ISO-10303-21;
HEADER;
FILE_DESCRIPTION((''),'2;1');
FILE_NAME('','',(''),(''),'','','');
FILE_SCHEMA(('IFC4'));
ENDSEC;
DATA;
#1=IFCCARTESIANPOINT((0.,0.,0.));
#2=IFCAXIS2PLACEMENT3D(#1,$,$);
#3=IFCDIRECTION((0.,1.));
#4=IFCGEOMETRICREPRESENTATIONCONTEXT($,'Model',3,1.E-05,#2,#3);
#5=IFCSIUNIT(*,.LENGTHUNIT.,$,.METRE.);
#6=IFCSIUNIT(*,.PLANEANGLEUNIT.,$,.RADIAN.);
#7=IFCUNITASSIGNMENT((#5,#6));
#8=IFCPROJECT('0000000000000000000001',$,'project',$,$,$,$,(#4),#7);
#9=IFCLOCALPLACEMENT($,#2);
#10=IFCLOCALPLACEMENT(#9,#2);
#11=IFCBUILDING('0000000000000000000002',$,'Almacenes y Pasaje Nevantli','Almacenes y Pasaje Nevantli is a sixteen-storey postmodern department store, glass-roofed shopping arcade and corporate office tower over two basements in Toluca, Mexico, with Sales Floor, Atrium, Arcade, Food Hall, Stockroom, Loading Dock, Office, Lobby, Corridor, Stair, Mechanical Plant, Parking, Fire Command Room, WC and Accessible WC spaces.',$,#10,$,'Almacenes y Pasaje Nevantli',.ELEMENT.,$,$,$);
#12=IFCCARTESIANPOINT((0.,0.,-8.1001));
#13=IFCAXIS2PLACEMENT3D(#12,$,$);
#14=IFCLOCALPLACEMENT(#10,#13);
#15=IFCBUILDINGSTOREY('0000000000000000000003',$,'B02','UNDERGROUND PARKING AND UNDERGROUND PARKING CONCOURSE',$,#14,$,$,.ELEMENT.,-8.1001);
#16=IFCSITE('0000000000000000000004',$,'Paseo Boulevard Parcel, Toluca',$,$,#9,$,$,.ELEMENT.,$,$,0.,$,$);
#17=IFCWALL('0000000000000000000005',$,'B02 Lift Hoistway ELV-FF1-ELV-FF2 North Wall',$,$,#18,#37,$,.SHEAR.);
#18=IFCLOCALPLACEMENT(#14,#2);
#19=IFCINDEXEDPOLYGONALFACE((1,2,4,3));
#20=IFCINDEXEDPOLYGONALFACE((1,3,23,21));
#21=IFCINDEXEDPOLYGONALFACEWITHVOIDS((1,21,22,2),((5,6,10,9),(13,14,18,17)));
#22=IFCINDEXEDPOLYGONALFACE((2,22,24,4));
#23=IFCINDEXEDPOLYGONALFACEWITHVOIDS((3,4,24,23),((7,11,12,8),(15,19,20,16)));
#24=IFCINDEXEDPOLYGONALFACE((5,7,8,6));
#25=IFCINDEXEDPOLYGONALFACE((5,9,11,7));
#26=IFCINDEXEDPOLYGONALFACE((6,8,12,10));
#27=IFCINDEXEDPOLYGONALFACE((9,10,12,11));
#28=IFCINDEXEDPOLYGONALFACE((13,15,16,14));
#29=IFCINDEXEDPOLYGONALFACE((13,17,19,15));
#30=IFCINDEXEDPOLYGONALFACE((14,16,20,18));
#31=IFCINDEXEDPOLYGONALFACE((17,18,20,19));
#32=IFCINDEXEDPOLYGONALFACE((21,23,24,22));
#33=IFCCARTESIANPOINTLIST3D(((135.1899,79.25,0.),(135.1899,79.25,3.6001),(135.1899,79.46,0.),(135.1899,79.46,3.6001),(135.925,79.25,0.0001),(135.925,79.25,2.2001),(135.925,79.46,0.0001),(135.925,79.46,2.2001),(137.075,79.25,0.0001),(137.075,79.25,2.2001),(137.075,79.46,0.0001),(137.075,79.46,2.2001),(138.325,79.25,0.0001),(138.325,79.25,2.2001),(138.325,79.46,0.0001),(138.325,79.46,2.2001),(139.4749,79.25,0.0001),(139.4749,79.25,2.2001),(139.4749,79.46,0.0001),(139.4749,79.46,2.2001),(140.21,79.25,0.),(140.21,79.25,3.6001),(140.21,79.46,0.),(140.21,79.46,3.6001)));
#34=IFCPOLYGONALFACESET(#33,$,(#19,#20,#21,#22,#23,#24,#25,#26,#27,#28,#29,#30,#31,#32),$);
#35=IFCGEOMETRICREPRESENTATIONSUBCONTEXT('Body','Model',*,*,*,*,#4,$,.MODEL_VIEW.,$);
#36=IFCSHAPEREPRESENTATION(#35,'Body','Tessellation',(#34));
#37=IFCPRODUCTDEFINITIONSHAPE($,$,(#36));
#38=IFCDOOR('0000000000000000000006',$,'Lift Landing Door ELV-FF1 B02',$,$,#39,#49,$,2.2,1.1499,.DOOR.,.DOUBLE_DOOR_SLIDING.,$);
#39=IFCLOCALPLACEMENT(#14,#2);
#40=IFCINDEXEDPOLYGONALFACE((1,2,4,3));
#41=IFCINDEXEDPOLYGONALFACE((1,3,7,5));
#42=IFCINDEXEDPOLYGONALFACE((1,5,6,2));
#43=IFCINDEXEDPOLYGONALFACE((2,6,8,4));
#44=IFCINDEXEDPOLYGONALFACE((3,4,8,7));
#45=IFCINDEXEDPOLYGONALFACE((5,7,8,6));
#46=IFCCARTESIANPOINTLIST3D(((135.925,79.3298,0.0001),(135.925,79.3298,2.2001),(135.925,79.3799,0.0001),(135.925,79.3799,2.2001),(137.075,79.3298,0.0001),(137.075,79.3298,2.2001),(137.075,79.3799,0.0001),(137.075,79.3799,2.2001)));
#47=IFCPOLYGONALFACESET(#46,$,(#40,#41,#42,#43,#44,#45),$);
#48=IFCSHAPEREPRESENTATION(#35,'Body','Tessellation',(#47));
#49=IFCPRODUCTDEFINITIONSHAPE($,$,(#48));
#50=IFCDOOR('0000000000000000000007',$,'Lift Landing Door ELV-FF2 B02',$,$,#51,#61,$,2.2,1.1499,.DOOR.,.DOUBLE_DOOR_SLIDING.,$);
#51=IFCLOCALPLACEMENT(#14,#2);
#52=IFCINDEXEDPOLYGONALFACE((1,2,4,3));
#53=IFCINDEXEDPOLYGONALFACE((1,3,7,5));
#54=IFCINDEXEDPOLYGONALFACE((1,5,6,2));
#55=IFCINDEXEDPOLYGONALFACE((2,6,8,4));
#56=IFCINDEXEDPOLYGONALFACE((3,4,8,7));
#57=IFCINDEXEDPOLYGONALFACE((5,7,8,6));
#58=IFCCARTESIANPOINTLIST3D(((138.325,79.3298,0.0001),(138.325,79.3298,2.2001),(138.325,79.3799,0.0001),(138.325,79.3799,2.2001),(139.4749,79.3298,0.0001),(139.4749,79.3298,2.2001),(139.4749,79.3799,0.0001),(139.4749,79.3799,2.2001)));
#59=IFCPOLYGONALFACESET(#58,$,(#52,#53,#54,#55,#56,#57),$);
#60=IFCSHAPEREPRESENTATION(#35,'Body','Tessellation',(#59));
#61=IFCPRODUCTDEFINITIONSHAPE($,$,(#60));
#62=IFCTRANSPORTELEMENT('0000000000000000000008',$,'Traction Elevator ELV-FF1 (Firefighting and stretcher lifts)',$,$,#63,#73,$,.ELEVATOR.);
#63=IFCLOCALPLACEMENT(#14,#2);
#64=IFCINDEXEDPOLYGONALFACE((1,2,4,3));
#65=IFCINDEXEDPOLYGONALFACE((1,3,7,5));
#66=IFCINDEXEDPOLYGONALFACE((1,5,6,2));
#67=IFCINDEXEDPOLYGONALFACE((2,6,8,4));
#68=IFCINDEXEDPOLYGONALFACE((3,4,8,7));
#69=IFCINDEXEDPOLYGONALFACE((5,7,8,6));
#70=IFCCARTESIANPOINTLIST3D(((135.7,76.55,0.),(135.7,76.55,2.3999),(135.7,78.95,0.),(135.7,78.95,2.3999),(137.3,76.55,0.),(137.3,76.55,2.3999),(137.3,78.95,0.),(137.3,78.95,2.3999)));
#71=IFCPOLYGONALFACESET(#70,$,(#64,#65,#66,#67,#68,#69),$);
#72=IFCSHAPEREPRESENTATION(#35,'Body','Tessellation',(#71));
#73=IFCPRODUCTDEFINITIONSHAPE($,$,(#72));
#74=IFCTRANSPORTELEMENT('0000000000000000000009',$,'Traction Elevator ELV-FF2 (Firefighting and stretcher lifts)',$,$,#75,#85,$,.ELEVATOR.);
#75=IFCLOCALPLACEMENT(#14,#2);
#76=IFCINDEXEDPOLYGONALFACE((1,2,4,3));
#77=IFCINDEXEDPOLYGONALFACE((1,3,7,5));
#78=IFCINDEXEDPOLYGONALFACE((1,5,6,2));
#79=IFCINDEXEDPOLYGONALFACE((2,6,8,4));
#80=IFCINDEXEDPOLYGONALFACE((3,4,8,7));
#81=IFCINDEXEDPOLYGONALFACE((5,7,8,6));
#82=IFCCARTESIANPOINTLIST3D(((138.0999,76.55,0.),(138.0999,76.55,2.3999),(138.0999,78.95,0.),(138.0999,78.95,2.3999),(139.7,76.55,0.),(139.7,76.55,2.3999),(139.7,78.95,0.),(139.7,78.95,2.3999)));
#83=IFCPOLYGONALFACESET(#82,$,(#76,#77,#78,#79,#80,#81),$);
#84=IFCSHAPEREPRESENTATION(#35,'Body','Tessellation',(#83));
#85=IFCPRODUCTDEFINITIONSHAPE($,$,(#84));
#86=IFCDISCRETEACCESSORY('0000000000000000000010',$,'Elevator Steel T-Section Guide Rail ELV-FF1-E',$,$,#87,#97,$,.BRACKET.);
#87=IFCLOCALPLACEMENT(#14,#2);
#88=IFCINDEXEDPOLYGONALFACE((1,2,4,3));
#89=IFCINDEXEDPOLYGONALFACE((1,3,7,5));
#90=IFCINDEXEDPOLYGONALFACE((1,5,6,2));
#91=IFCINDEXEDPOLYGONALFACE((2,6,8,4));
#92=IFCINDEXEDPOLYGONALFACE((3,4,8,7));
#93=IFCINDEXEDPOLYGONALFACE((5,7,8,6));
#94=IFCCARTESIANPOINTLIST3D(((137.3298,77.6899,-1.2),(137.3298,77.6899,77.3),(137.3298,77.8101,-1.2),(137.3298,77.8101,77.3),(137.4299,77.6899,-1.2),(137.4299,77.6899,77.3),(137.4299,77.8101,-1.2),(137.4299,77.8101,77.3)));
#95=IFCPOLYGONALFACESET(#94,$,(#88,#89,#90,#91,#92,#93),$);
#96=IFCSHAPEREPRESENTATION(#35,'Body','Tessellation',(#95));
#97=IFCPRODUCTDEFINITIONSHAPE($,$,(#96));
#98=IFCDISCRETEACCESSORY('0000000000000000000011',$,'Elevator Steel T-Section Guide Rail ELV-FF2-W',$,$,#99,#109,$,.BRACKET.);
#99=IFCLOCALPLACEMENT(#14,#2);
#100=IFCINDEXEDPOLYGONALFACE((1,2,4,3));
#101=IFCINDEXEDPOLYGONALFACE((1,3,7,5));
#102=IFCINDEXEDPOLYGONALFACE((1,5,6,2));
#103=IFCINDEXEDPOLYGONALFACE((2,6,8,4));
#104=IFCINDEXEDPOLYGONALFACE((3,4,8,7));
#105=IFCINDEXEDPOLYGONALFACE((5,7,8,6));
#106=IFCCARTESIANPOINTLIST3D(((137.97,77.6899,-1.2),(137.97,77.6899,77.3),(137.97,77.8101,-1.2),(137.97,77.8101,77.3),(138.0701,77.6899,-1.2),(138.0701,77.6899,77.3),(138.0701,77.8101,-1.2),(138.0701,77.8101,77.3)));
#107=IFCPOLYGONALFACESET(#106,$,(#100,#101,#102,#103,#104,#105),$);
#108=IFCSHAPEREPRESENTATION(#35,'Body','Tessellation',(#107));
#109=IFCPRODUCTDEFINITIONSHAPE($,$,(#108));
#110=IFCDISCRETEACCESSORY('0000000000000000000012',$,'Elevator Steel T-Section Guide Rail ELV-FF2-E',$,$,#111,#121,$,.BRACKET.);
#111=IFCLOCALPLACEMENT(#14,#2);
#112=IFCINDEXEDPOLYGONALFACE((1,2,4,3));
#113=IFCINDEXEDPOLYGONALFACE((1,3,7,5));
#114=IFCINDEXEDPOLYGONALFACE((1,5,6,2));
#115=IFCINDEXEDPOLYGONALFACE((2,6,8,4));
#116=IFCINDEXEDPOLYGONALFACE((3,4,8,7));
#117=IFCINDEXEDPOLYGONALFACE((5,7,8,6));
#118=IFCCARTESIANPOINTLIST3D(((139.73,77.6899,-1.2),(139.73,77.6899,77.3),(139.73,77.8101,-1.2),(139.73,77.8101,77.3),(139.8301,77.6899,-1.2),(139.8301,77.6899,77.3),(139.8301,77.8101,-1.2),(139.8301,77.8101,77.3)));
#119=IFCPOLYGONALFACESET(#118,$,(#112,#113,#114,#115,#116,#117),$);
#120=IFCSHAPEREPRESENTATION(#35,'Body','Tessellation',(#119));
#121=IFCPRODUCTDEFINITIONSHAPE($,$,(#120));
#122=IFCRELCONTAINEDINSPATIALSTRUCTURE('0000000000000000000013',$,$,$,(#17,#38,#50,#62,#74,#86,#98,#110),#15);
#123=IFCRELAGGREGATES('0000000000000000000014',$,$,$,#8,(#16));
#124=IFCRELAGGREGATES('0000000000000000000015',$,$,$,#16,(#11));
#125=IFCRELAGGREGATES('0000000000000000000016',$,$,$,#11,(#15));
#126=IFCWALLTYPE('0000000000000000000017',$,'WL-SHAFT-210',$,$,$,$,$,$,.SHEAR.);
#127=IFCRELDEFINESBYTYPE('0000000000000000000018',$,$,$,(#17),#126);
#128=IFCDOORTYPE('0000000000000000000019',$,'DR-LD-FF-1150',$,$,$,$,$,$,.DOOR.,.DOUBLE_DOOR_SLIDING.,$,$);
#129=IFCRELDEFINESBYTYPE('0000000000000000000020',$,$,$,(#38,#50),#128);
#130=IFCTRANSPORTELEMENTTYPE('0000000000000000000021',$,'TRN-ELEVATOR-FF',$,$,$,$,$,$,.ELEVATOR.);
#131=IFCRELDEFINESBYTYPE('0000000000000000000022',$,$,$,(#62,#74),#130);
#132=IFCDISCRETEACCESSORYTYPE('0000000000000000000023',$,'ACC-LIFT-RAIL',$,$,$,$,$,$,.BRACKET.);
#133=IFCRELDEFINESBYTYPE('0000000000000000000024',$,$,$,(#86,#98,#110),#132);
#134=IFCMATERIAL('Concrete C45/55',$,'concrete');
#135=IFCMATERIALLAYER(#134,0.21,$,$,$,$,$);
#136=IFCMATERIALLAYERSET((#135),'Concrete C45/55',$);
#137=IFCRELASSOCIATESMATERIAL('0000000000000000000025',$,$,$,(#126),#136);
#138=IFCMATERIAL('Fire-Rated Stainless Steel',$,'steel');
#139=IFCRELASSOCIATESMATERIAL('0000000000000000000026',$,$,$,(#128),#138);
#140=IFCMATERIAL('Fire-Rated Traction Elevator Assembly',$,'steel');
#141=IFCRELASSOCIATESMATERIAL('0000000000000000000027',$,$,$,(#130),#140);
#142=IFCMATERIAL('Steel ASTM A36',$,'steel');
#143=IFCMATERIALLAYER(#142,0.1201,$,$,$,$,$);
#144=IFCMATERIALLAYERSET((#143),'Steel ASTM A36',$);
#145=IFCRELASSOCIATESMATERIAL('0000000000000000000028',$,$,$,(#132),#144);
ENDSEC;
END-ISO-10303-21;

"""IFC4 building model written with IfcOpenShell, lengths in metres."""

from ifc_helpers import new_model, si_unit, direction, frame, frame_2d, origin, origin_2d, place, context, subcontext, project, spatial, rectangle, extrude, material, layer, layer_set, type_object, element, fill, save


model = new_model("IFC4")

# Units and contexts
model_context = context("Model", 3, precision=1e-05, world=origin(), true_north=direction((0.0, 1.0)))
body_context = subcontext(model_context, "Body", "Model", "MODEL_VIEW")
ifc_project = project(units=[si_unit("LENGTHUNIT", "METRE"), si_unit("PLANEANGLEUNIT", "RADIAN")], contexts=[model_context])

# Site, building, storey
site_placement = place(None, origin())
site = spatial("IfcSite", under=ifc_project, at=site_placement, Name="Paseo Boulevard Parcel, Toluca", CompositionType="ELEMENT", RefElevation=0.0)
building_placement = place(site_placement, origin())
building = spatial("IfcBuilding", under=site, at=building_placement, Name="Almacenes y Pasaje Nevantli", Description="Almacenes y Pasaje Nevantli is a sixteen-storey postmodern department store, glass-roofed shopping arcade and corporate office tower over two basements in Toluca, Mexico, with Sales Floor, Atrium, Arcade, Food Hall, Stockroom, Loading Dock, Office, Lobby, Corridor, Stair, Mechanical Plant, Parking, Fire Command Room, WC and Accessible WC spaces.", LongName="Almacenes y Pasaje Nevantli", CompositionType="ELEMENT")
storey_placement = place(building_placement, frame((0.0, 0.0, -8.1001)))
storey = spatial("IfcBuildingStorey", under=building, at=storey_placement, Name="B02", Description="UNDERGROUND PARKING AND UNDERGROUND PARKING CONCOURSE", CompositionType="ELEMENT", Elevation=-8.1001)

# Wall, openings, doors
ifc_material_1 = material(Name="Concrete C45/55", Category="concrete")
ifc_layer_1 = layer(ifc_material_1, 0.21)
ifc_layer_set_1 = layer_set([ifc_layer_1], Name="Concrete C45/55")
wall_type_1 = type_object("IfcWallType", Name="WL-SHAFT-210", PredefinedType="SHEAR", material=ifc_layer_set_1)
wall_1_placement = place(storey_placement, frame((135.1899, 79.355, 0.0), z_axis=(0.0, 0.0, 1.0), x_axis=(1.0, 0.0, 0.0)))
wall_1 = element("IfcWall", 1, at=wall_1_placement, inside=storey, type_object=wall_type_1, Name="B02 Lift Hoistway ELV-FF1-ELV-FF2 North Wall", PredefinedType="SHEAR", context=body_context, shape_type="SweptSolid", body=[
    extrude(rectangle(XDim=5.02, YDim=0.21, at=frame_2d((2.51, 0.0))), origin(), (0.0, 0.0, 1.0), 3.6001),
])
opening_1_placement = place(wall_1_placement, frame((0.7351, 0.0, 0.0)))
opening_1 = element("IfcOpeningElement", 2, at=opening_1_placement, cuts=wall_1, PredefinedType="OPENING", context=body_context, shape_type="SweptSolid", body=[
    extrude(rectangle(XDim=1.1499, YDim=2.2, at=frame_2d((0.575, 1.1001))), frame((0.0, 0.115, 0.0), z_axis=(0.0, -1.0, 0.0), x_axis=(1.0, 0.0, 0.0)), (0.0, 0.0, 1.0), 0.23),
])
opening_2_placement = place(wall_1_placement, frame((3.135, 0.0, 0.0)))
opening_2 = element("IfcOpeningElement", 3, at=opening_2_placement, cuts=wall_1, PredefinedType="OPENING", context=body_context, shape_type="SweptSolid", body=[
    extrude(rectangle(XDim=1.1499, YDim=2.2, at=frame_2d((0.575, 1.1001))), frame((0.0, 0.115, 0.0), z_axis=(0.0, -1.0, 0.0), x_axis=(1.0, 0.0, 0.0)), (0.0, 0.0, 1.0), 0.23),
])
ifc_material_2 = material(Name="Fire-Rated Stainless Steel", Category="steel")
door_type_1 = type_object("IfcDoorType", Name="DR-LD-FF-1150", OperationType="DOUBLE_DOOR_SLIDING", PredefinedType="DOOR", material=ifc_material_2)
door_1_placement = place(opening_1_placement, origin())
door_1 = element("IfcDoor", 4, at=door_1_placement, inside=storey, type_object=door_type_1, Name="Lift Landing Door ELV-FF1 B02", OperationType="DOUBLE_DOOR_SLIDING", OverallHeight=2.2, OverallWidth=1.1499, PredefinedType="DOOR", context=body_context, shape_type="SweptSolid", body=[
    extrude(rectangle(XDim=1.1499, YDim=2.2, at=frame_2d((0.575, 1.1001))), frame((0.0, 0.0249, 0.0), z_axis=(0.0, -1.0, 0.0), x_axis=(1.0, 0.0, 0.0)), (0.0, 0.0, 1.0), 0.05),
])
fill(opening_1, door_1)
door_2_placement = place(opening_2_placement, origin())
door_2 = element("IfcDoor", 5, at=door_2_placement, inside=storey, type_object=door_type_1, Name="Lift Landing Door ELV-FF2 B02", OperationType="DOUBLE_DOOR_SLIDING", OverallHeight=2.2, OverallWidth=1.1499, PredefinedType="DOOR", context=body_context, shape_type="SweptSolid", body=[
    extrude(rectangle(XDim=1.1499, YDim=2.2, at=frame_2d((0.575, 1.1001))), frame((0.0, 0.0249, 0.0), z_axis=(0.0, -1.0, 0.0), x_axis=(1.0, 0.0, 0.0)), (0.0, 0.0, 1.0), 0.05),
])
fill(opening_2, door_2)

# Transport elements
ifc_material_3 = material(Name="Fire-Rated Traction Elevator Assembly", Category="steel")
transport_element_type = type_object("IfcTransportElementType", Name="TRN-ELEVATOR-FF", PredefinedType="ELEVATOR", material=ifc_material_3)
for number, where, z_axis, x_axis, name in (
    (6, (136.5, 77.75, 0.0), (0.0, 0.0, 1.0), (1.0, 0.0, 0.0), "Traction Elevator ELV-FF1 (Firefighting and stretcher lifts)"),
    (7, (138.8999, 77.75, 0.0), (0.0, 0.0, 1.0), (1.0, 0.0, 0.0), "Traction Elevator ELV-FF2 (Firefighting and stretcher lifts)"),
):
    element("IfcTransportElement", number, at=place(storey_placement, frame(where, z_axis=z_axis, x_axis=x_axis)), inside=storey, type_object=transport_element_type, Name=name, PredefinedType="ELEVATOR", context=body_context, shape_type="SweptSolid", body=[
        extrude(rectangle(XDim=1.6001, YDim=2.3999, at=origin_2d()), origin(), (0.0, 0.0, 1.0), 2.3999),
    ])

# Discrete accessories
ifc_material_4 = material(Name="Steel ASTM A36", Category="steel")
ifc_layer_2 = layer(ifc_material_4, 0.1201)
ifc_layer_set_2 = layer_set([ifc_layer_2], Name="Steel ASTM A36")
discrete_accessory_type = type_object("IfcDiscreteAccessoryType", Name="ACC-LIFT-RAIL", PredefinedType="BRACKET", material=ifc_layer_set_2)
for number, where, z_axis, x_axis, name in (
    (8, (137.3799, 77.75, -1.2), (0.0, 0.0, 1.0), (1.0, 0.0, 0.0), "Elevator Steel T-Section Guide Rail ELV-FF1-E"),
    (9, (138.02, 77.75, -1.2), (0.0, 0.0, 1.0), (1.0, 0.0, 0.0), "Elevator Steel T-Section Guide Rail ELV-FF2-W"),
    (10, (139.78, 77.75, -1.2), (0.0, 0.0, 1.0), (1.0, 0.0, 0.0), "Elevator Steel T-Section Guide Rail ELV-FF2-E"),
):
    element("IfcDiscreteAccessory", number, at=place(storey_placement, frame(where, z_axis=z_axis, x_axis=x_axis)), inside=storey, type_object=discrete_accessory_type, Name=name, PredefinedType="BRACKET", context=body_context, shape_type="SweptSolid", body=[
        extrude(rectangle(XDim=0.1001, YDim=0.1201, at=origin_2d()), origin(), (0.0, 0.0, 1.0), 78.5),
    ])

save(model, "model.ifc")
